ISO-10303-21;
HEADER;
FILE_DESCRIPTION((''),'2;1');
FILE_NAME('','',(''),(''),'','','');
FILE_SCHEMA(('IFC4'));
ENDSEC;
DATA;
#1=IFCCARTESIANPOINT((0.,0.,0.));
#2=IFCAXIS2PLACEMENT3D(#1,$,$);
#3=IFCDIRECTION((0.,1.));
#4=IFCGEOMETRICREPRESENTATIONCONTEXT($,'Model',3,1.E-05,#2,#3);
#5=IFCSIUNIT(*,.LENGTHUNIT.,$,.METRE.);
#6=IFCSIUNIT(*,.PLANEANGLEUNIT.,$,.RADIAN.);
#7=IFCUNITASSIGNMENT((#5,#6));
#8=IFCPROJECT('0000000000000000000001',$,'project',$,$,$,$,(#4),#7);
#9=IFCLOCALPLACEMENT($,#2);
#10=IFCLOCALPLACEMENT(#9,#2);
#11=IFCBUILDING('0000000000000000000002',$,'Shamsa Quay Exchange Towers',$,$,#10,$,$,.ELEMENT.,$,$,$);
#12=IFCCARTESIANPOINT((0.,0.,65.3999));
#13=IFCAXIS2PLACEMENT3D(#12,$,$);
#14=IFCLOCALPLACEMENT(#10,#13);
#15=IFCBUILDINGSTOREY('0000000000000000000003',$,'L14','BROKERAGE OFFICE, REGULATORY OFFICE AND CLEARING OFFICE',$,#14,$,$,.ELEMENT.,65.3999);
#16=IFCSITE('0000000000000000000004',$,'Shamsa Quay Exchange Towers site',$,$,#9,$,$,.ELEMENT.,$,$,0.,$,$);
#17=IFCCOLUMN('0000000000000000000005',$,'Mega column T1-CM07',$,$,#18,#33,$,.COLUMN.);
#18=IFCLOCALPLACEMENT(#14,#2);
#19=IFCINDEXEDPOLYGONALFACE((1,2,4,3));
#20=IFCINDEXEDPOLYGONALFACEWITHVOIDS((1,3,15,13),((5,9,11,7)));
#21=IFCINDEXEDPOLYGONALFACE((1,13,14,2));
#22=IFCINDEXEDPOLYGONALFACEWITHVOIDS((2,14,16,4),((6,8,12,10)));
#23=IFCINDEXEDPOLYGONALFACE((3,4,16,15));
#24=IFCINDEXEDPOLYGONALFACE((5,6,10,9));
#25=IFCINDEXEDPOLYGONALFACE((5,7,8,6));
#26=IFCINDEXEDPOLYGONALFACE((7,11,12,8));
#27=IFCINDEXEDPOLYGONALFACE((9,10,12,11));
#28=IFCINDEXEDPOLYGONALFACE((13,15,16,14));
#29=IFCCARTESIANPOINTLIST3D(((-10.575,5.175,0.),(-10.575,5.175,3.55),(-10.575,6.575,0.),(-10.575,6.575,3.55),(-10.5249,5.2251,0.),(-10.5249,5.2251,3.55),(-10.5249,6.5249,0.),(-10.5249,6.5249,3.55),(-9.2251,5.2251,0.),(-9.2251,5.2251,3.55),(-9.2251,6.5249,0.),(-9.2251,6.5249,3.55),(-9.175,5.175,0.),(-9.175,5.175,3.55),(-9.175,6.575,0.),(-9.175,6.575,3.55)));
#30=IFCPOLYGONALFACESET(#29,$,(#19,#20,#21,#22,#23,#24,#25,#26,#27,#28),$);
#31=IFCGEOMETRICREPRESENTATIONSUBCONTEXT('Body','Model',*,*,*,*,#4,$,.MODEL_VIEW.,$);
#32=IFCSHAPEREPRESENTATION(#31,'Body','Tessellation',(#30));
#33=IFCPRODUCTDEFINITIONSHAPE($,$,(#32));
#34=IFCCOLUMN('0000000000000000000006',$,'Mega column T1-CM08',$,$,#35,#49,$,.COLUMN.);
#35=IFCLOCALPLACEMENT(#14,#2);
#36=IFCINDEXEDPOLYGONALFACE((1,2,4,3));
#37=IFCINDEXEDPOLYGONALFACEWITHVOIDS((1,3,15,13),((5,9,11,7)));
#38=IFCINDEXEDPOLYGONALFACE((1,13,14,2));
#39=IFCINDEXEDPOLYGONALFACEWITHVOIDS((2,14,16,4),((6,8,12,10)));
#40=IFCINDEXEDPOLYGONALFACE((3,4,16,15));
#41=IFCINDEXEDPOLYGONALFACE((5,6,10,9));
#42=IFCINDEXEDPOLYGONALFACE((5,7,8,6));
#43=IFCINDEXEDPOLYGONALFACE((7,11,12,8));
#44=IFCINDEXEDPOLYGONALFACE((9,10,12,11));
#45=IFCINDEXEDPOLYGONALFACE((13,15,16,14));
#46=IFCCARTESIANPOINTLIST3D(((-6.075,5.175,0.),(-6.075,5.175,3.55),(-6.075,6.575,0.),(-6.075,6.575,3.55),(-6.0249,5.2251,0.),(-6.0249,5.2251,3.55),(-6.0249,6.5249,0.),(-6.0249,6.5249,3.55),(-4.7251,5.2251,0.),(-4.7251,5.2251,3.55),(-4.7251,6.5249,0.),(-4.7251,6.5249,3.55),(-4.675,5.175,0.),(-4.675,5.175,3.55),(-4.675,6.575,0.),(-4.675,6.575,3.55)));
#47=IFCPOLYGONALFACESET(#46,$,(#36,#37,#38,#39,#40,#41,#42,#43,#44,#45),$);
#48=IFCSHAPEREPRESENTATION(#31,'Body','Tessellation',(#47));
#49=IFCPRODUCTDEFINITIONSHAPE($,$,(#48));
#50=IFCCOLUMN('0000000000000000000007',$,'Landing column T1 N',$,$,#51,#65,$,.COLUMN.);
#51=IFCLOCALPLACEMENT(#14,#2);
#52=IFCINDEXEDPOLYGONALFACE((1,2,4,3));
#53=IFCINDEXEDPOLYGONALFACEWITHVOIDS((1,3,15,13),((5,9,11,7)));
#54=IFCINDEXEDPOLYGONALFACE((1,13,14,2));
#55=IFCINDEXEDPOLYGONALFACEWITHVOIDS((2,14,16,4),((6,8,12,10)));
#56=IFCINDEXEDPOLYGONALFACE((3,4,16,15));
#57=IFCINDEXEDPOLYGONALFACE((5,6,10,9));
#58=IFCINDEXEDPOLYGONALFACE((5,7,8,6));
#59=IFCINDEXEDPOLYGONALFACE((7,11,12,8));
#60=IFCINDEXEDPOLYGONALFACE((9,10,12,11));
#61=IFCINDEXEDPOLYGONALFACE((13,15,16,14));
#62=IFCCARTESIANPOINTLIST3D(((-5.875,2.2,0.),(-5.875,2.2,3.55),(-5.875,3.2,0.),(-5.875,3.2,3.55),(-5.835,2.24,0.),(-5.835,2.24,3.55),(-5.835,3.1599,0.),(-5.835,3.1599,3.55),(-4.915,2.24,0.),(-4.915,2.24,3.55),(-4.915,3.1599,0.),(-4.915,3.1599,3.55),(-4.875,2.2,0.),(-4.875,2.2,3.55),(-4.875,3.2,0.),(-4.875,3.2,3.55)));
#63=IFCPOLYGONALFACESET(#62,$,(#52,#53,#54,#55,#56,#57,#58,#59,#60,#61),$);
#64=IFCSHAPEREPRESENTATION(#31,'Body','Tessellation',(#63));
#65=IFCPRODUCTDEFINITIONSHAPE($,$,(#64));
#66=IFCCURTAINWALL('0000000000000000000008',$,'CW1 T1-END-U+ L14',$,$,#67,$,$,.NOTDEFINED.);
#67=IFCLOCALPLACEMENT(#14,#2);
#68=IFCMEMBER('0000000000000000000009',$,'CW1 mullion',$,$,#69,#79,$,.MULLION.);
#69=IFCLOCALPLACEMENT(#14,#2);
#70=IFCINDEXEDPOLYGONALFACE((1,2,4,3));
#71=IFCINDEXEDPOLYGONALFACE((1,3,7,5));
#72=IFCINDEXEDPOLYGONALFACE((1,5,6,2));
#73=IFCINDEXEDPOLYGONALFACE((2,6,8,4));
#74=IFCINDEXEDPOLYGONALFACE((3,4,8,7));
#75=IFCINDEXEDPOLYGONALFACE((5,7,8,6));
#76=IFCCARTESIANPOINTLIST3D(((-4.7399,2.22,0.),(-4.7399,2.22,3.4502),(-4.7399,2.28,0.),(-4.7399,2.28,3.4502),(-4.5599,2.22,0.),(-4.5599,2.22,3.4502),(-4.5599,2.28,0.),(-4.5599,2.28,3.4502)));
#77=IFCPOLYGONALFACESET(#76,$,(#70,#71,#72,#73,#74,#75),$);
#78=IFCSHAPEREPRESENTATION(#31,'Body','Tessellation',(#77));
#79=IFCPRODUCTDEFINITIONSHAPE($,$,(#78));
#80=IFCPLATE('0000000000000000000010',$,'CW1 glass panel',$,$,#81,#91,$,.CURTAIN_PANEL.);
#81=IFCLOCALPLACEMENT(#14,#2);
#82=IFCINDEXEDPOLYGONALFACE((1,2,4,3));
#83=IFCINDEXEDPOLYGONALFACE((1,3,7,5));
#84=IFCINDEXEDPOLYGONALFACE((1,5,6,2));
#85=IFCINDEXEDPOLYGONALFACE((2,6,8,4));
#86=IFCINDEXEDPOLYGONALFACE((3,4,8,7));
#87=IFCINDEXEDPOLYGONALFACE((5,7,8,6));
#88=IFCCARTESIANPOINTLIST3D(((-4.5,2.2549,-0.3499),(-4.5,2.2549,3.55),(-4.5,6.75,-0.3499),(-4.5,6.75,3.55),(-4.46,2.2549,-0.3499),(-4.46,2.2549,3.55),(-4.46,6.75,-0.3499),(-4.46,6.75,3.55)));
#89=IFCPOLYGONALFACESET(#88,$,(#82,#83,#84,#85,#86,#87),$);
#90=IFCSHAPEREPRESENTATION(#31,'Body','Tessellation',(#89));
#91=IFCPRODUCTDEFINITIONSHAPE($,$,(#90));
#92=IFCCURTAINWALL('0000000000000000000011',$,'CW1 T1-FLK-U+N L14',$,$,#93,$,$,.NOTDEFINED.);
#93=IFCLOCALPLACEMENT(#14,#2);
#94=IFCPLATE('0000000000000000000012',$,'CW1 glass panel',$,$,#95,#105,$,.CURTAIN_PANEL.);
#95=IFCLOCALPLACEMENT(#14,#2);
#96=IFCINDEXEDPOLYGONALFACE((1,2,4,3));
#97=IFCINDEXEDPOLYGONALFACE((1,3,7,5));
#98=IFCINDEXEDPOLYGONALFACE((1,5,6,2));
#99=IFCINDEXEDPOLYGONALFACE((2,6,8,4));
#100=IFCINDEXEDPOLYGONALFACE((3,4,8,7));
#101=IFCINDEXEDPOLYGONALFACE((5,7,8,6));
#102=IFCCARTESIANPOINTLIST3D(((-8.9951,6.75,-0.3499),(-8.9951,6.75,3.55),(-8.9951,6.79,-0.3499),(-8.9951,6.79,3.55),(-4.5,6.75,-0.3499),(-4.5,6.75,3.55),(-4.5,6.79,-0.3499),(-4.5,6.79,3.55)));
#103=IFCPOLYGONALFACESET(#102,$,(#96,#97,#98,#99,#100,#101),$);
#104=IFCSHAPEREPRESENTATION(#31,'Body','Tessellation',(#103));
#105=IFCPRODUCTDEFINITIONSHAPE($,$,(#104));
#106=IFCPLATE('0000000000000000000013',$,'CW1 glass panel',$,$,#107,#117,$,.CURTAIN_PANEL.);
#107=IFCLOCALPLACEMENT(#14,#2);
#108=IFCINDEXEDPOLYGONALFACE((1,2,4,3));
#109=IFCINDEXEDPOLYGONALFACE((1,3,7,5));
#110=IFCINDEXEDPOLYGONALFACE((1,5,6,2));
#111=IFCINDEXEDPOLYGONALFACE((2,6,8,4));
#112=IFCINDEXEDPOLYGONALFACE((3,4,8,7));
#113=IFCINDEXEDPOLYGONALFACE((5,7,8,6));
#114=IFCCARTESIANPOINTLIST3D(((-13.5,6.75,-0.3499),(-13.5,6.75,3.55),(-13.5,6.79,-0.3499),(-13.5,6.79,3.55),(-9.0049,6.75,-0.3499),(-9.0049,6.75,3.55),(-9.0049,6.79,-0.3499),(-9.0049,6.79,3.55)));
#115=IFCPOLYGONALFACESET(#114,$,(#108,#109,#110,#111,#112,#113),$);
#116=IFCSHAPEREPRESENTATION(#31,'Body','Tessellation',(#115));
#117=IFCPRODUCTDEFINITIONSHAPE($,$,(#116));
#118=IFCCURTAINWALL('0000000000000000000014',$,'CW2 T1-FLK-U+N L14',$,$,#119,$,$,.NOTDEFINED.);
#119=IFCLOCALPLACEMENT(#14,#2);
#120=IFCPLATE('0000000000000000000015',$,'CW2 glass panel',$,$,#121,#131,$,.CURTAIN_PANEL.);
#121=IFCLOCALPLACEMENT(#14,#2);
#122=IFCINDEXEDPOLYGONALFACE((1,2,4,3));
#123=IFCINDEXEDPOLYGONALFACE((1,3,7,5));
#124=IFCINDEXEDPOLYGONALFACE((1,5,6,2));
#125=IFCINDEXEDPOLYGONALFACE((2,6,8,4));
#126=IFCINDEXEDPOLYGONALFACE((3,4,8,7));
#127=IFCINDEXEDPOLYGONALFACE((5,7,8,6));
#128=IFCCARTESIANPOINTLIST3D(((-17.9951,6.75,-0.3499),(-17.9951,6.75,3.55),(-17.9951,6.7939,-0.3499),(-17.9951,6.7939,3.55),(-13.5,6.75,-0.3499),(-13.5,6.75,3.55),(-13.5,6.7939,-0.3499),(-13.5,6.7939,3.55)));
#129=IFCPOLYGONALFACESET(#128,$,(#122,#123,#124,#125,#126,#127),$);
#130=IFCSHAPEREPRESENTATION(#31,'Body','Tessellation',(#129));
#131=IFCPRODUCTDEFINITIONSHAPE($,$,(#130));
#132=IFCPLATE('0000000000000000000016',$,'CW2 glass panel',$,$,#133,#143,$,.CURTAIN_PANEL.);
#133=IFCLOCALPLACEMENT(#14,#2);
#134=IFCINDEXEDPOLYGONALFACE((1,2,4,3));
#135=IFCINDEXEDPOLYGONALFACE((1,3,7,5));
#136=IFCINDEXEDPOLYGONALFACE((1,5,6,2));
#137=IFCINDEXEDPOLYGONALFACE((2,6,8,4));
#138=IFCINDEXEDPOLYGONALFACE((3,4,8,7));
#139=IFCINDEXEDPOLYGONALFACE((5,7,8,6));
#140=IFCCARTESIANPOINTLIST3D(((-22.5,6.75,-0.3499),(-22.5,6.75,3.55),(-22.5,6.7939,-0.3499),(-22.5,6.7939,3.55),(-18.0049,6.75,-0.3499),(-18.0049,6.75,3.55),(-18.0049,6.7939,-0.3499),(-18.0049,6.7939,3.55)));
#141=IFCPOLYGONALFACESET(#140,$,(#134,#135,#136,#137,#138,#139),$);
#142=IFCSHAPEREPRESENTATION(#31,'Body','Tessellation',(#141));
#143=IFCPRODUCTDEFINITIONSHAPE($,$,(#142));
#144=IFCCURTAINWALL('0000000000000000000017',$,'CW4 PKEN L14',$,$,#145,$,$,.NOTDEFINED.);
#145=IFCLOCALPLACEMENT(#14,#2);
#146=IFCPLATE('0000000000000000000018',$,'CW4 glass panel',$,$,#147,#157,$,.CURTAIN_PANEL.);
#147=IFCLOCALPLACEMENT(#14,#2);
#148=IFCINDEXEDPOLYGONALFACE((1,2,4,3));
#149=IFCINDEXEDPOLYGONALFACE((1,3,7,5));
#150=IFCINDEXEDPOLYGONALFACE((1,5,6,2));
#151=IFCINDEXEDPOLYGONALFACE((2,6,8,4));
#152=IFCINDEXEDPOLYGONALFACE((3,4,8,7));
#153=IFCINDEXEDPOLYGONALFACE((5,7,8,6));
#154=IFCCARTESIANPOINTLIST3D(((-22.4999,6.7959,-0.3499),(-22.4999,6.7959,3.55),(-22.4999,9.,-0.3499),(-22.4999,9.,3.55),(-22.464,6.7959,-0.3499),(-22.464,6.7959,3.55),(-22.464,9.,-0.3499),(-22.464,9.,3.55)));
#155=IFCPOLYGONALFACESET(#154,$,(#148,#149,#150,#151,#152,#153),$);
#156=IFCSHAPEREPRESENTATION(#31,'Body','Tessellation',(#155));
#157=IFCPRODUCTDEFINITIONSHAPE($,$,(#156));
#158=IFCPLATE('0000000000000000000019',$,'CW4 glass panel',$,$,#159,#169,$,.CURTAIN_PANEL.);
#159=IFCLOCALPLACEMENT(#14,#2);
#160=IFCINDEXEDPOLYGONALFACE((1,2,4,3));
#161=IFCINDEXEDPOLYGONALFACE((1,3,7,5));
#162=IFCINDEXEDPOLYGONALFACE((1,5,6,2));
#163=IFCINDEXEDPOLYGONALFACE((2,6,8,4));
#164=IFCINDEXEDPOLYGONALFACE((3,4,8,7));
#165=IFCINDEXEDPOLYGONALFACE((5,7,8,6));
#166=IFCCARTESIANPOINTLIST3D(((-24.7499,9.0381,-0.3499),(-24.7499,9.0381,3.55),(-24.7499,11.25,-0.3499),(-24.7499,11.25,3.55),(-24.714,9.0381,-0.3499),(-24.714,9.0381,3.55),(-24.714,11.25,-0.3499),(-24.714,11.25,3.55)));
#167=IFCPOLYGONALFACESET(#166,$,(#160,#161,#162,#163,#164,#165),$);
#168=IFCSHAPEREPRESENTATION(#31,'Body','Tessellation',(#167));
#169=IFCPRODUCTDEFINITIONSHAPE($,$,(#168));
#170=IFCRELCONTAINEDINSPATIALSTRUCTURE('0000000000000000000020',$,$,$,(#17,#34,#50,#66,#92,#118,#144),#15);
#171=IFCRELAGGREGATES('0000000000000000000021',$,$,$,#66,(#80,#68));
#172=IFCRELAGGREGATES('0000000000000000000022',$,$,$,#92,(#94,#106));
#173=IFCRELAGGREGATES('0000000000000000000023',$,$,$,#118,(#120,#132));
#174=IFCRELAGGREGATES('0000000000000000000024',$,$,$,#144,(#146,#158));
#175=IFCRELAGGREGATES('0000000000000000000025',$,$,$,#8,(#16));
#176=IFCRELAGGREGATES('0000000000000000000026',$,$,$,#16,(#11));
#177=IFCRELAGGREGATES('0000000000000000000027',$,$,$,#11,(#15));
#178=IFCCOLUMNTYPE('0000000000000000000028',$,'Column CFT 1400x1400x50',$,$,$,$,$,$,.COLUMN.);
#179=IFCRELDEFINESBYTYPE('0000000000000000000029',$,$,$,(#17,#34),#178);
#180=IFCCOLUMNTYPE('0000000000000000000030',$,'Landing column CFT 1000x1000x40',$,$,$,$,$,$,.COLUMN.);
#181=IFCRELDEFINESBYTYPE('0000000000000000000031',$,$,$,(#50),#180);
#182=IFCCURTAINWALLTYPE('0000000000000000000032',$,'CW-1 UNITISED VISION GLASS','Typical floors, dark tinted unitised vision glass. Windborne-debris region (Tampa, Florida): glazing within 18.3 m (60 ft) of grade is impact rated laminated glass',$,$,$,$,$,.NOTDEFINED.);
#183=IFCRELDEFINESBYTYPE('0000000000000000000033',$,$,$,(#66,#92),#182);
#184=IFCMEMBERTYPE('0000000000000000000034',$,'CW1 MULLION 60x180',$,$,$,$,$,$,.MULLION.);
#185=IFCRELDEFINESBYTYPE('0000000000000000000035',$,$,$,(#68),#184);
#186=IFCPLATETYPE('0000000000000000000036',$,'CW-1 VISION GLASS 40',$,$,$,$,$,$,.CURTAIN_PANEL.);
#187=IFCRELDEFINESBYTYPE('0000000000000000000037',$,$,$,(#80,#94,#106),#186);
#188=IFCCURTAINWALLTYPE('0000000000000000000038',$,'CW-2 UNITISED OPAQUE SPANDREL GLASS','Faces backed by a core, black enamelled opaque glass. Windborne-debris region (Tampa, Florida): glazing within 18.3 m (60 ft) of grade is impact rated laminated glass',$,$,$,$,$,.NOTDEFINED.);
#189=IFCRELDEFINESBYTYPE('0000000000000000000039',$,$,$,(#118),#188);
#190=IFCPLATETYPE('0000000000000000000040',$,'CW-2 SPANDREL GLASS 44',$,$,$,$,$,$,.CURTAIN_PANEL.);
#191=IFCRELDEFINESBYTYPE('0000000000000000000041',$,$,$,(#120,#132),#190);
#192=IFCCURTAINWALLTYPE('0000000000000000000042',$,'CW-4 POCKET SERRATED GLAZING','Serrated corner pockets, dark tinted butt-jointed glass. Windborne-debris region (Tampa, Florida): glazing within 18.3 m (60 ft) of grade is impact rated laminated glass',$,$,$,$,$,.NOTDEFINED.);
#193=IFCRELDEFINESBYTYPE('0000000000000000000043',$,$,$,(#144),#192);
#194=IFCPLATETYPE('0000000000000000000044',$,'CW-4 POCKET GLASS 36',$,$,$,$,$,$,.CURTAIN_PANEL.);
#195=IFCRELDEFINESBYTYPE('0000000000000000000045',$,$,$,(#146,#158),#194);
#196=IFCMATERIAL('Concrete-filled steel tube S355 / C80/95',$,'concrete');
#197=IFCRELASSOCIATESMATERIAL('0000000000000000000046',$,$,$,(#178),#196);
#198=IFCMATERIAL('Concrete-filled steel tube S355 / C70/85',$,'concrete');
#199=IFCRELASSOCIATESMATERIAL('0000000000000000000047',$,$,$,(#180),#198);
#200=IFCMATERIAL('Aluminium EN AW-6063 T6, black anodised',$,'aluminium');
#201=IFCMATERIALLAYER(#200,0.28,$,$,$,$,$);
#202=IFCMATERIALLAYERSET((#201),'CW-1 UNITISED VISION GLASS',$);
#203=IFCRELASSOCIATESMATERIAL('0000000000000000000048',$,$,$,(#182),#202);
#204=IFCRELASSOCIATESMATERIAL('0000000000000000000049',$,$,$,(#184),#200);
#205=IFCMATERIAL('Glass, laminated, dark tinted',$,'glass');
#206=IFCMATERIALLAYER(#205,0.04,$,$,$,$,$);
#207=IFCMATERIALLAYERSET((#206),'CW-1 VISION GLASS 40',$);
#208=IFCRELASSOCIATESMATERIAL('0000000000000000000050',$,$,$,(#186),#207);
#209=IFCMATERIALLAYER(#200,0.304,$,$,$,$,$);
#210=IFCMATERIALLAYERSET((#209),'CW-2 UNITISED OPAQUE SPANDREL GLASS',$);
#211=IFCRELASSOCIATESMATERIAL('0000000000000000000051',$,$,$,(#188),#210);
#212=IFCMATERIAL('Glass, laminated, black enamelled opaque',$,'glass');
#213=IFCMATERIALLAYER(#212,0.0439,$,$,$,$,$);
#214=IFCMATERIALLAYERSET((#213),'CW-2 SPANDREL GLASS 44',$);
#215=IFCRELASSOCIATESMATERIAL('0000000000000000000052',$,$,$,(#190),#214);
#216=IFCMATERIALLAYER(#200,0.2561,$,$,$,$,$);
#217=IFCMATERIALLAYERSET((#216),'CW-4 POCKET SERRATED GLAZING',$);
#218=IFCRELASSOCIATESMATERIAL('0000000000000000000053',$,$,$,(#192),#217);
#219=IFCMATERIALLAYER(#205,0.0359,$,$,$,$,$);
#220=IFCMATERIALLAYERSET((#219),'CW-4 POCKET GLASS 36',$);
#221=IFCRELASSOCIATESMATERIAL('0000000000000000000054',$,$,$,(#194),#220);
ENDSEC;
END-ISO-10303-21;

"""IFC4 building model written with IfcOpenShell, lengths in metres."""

from ifc_helpers import new_model, si_unit, direction, frame, origin, origin_2d, place, context, subcontext, project, spatial, rectangle, hollow_rectangle, extrude, material, layer, layer_set, material_profile, profile_set, type_object, element, aggregate, save


model = new_model("IFC4")

# Units and contexts
model_context = context("Model", 3, precision=1e-05, world=origin(), true_north=direction((0.0, 1.0)))
body_context = subcontext(model_context, "Body", "Model", "MODEL_VIEW")
ifc_project = project(units=[si_unit("LENGTHUNIT", "METRE"), si_unit("PLANEANGLEUNIT", "RADIAN")], contexts=[model_context])

# Site, building, storey
site_placement = place(None, origin())
site = spatial("IfcSite", under=ifc_project, at=site_placement, Name="Shamsa Quay Exchange Towers site", CompositionType="ELEMENT", RefElevation=0.0)
building_placement = place(site_placement, origin())
building = spatial("IfcBuilding", under=site, at=building_placement, Name="Shamsa Quay Exchange Towers", CompositionType="ELEMENT")
storey_placement = place(building_placement, frame((0.0, 0.0, 65.3999)))
storey = spatial("IfcBuildingStorey", under=building, at=storey_placement, Name="L14", Description="BROKERAGE OFFICE, REGULATORY OFFICE AND CLEARING OFFICE", CompositionType="ELEMENT", Elevation=65.3999)

# Columns
ifc_material_1 = material(Name="Concrete-filled steel tube S355 / C80/95", Category="concrete")
ifc_material_profile_1 = material_profile(ifc_material_1, hollow_rectangle(XDim=1.3999, YDim=1.3999, WallThickness=0.05, at=origin_2d()), Name="CFT 1400x1400x50")
ifc_profile_set_1 = profile_set([ifc_material_profile_1], Name="Concrete-filled steel tube S355 / C80/95")
column_type_1 = type_object("IfcColumnType", Name="Column CFT 1400x1400x50", PredefinedType="COLUMN", material=ifc_profile_set_1)
for number, where, name in (
    (1, (-9.875, 5.875, 0.0), "Mega column T1-CM07"),
    (2, (-5.375, 5.875, 0.0), "Mega column T1-CM08"),
):
    element("IfcColumn", number, at=place(storey_placement, frame(where)), inside=storey, type_object=column_type_1, Name=name, PredefinedType="COLUMN", context=body_context, shape_type="SweptSolid", body=[
        extrude(hollow_rectangle(XDim=1.3999, YDim=1.3999, WallThickness=0.05, at=origin_2d()), origin(), (0.0, 0.0, 1.0), 3.55),
    ])
ifc_material_2 = material(Name="Concrete-filled steel tube S355 / C70/85", Category="concrete")
ifc_material_profile_2 = material_profile(ifc_material_2, hollow_rectangle(XDim=1.0, YDim=1.0, WallThickness=0.04, at=origin_2d()), Name="CFT 1000x1000x40")
ifc_profile_set_2 = profile_set([ifc_material_profile_2], Name="Concrete-filled steel tube S355 / C70/85")
column_type_2 = type_object("IfcColumnType", Name="Landing column CFT 1000x1000x40", PredefinedType="COLUMN", material=ifc_profile_set_2)
column_placement = place(storey_placement, frame((-5.375, 2.7, 0.0)))
element("IfcColumn", 3, at=column_placement, inside=storey, type_object=column_type_2, Name="Landing column T1 N", PredefinedType="COLUMN", context=body_context, shape_type="SweptSolid", body=[
    extrude(hollow_rectangle(XDim=1.0, YDim=1.0, WallThickness=0.04, at=origin_2d()), origin(), (0.0, 0.0, 1.0), 3.55),
])

# Curtain wall, member, plate
ifc_material_3 = material(Name="Aluminium EN AW-6063 T6, black anodised", Category="aluminium")
ifc_layer_1 = layer(ifc_material_3, 0.28)
ifc_layer_set_1 = layer_set([ifc_layer_1], Name="CW-1 UNITISED VISION GLASS")
curtain_wall_type_1 = type_object("IfcCurtainWallType", Name="CW-1 UNITISED VISION GLASS", Description="Typical floors, dark tinted unitised vision glass. Windborne-debris region (Tampa, Florida): glazing within 18.3 m (60 ft) of grade is impact rated laminated glass", PredefinedType="NOTDEFINED", material=ifc_layer_set_1)
curtain_wall_1_placement = place(storey_placement, origin())
curtain_wall_1 = element("IfcCurtainWall", 4, at=curtain_wall_1_placement, inside=storey, type_object=curtain_wall_type_1, Name="CW1 T1-END-U+ L14", PredefinedType="NOTDEFINED")
ifc_material_profile_3 = material_profile(ifc_material_3, rectangle(XDim=0.1799, YDim=0.0601, at=origin_2d()), Name="MU60x180")
ifc_profile_set_3 = profile_set([ifc_material_profile_3], Name="Aluminium EN AW-6063 T6, black anodised")
member_type = type_object("IfcMemberType", Name="CW1 MULLION 60x180", PredefinedType="MULLION", material=ifc_profile_set_3)
member_placement = place(storey_placement, frame((-4.6499, 2.25, 0.0), z_axis=(0.0, 0.0, 1.0), x_axis=(-1.0, 0.0, 0.0)))
member = element("IfcMember", 5, at=member_placement, type_object=member_type, Name="CW1 mullion", PredefinedType="MULLION", context=body_context, shape_type="SweptSolid", body=[
    extrude(rectangle(XDim=0.1799, YDim=0.0601, at=origin_2d()), origin(), (0.0, 0.0, 1.0), 3.4502),
])
ifc_material_4 = material(Name="Glass, laminated, dark tinted", Category="glass")
ifc_layer_2 = layer(ifc_material_4, 0.04)
ifc_layer_set_2 = layer_set([ifc_layer_2], Name="CW-1 VISION GLASS 40")
plate_type_1 = type_object("IfcPlateType", Name="CW-1 VISION GLASS 40", PredefinedType="CURTAIN_PANEL", material=ifc_layer_set_2)
plate_1_placement = place(storey_placement, frame((-4.48, 4.5024, -0.3499), z_axis=(0.0, 0.0, 1.0), x_axis=(0.0, 1.0, 0.0)))
plate_1 = element("IfcPlate", 6, at=plate_1_placement, type_object=plate_type_1, Name="CW1 glass panel", PredefinedType="CURTAIN_PANEL", context=body_context, shape_type="SweptSolid", body=[
    extrude(rectangle(XDim=4.4951, YDim=0.04, at=origin_2d()), origin(), (0.0, 0.0, 1.0), 3.8999),
])
aggregate(curtain_wall_1, [plate_1, member])

# Curtain walls, plates
curtain_wall_2_placement = place(storey_placement, origin())
curtain_wall_2 = element("IfcCurtainWall", 7, at=curtain_wall_2_placement, inside=storey, type_object=curtain_wall_type_1, Name="CW1 T1-FLK-U+N L14", PredefinedType="NOTDEFINED")
plate_2_placement = place(storey_placement, frame((-6.7476, 6.77, -0.3499), z_axis=(0.0, 0.0, 1.0), x_axis=(-1.0, 0.0, 0.0)))
plate_2 = element("IfcPlate", 8, at=plate_2_placement, type_object=plate_type_1, Name="CW1 glass panel", PredefinedType="CURTAIN_PANEL", context=body_context, shape_type="SweptSolid", body=[
    extrude(rectangle(XDim=4.4951, YDim=0.04, at=origin_2d()), origin(), (0.0, 0.0, 1.0), 3.8999),
])
plate_3_placement = place(storey_placement, frame((-11.2524, 6.77, -0.3499), z_axis=(0.0, 0.0, 1.0), x_axis=(-1.0, 0.0, 0.0)))
plate_3 = element("IfcPlate", 9, at=plate_3_placement, type_object=plate_type_1, Name="CW1 glass panel", PredefinedType="CURTAIN_PANEL", context=body_context, shape_type="SweptSolid", body=[
    extrude(rectangle(XDim=4.4951, YDim=0.04, at=origin_2d()), origin(), (0.0, 0.0, 1.0), 3.8999),
])
aggregate(curtain_wall_2, [plate_2, plate_3])
ifc_layer_3 = layer(ifc_material_3, 0.304)
ifc_layer_set_3 = layer_set([ifc_layer_3], Name="CW-2 UNITISED OPAQUE SPANDREL GLASS")
curtain_wall_type_2 = type_object("IfcCurtainWallType", Name="CW-2 UNITISED OPAQUE SPANDREL GLASS", Description="Faces backed by a core, black enamelled opaque glass. Windborne-debris region (Tampa, Florida): glazing within 18.3 m (60 ft) of grade is impact rated laminated glass", PredefinedType="NOTDEFINED", material=ifc_layer_set_3)
curtain_wall_3_placement = place(storey_placement, origin())
curtain_wall_3 = element("IfcCurtainWall", 10, at=curtain_wall_3_placement, inside=storey, type_object=curtain_wall_type_2, Name="CW2 T1-FLK-U+N L14", PredefinedType="NOTDEFINED")
ifc_material_5 = material(Name="Glass, laminated, black enamelled opaque", Category="glass")
ifc_layer_4 = layer(ifc_material_5, 0.0439)
ifc_layer_set_4 = layer_set([ifc_layer_4], Name="CW-2 SPANDREL GLASS 44")
plate_type_2 = type_object("IfcPlateType", Name="CW-2 SPANDREL GLASS 44", PredefinedType="CURTAIN_PANEL", material=ifc_layer_set_4)
plate_4_placement = place(storey_placement, frame((-15.7476, 6.772, -0.3499), z_axis=(0.0, 0.0, 1.0), x_axis=(-1.0, 0.0, 0.0)))
plate_4 = element("IfcPlate", 11, at=plate_4_placement, type_object=plate_type_2, Name="CW2 glass panel", PredefinedType="CURTAIN_PANEL", context=body_context, shape_type="SweptSolid", body=[
    extrude(rectangle(XDim=4.4951, YDim=0.0439, at=origin_2d()), origin(), (0.0, 0.0, 1.0), 3.8999),
])
plate_5_placement = place(storey_placement, frame((-20.2524, 6.772, -0.3499), z_axis=(0.0, 0.0, 1.0), x_axis=(-1.0, 0.0, 0.0)))
plate_5 = element("IfcPlate", 12, at=plate_5_placement, type_object=plate_type_2, Name="CW2 glass panel", PredefinedType="CURTAIN_PANEL", context=body_context, shape_type="SweptSolid", body=[
    extrude(rectangle(XDim=4.4951, YDim=0.0439, at=origin_2d()), origin(), (0.0, 0.0, 1.0), 3.8999),
])
aggregate(curtain_wall_3, [plate_4, plate_5])
ifc_layer_5 = layer(ifc_material_3, 0.2561)
ifc_layer_set_5 = layer_set([ifc_layer_5], Name="CW-4 POCKET SERRATED GLAZING")
curtain_wall_type_3 = type_object("IfcCurtainWallType", Name="CW-4 POCKET SERRATED GLAZING", Description="Serrated corner pockets, dark tinted butt-jointed glass. Windborne-debris region (Tampa, Florida): glazing within 18.3 m (60 ft) of grade is impact rated laminated glass", PredefinedType="NOTDEFINED", material=ifc_layer_set_5)
curtain_wall_4_placement = place(storey_placement, origin())
curtain_wall_4 = element("IfcCurtainWall", 13, at=curtain_wall_4_placement, inside=storey, type_object=curtain_wall_type_3, Name="CW4 PKEN L14", PredefinedType="NOTDEFINED")
ifc_layer_6 = layer(ifc_material_4, 0.0359)
ifc_layer_set_6 = layer_set([ifc_layer_6], Name="CW-4 POCKET GLASS 36")
plate_type_3 = type_object("IfcPlateType", Name="CW-4 POCKET GLASS 36", PredefinedType="CURTAIN_PANEL", material=ifc_layer_set_6)
plate_6_placement = place(storey_placement, frame((-22.4819, 7.8979, -0.3499), z_axis=(0.0, 0.0, 1.0), x_axis=(0.0, 1.0, 0.0)))
plate_6 = element("IfcPlate", 14, at=plate_6_placement, type_object=plate_type_3, Name="CW4 glass panel", PredefinedType="CURTAIN_PANEL", context=body_context, shape_type="SweptSolid", body=[
    extrude(rectangle(XDim=2.2041, YDim=0.0359, at=origin_2d()), origin(), (0.0, 0.0, 1.0), 3.8999),
])
plate_7_placement = place(storey_placement, frame((-24.7319, 10.144, -0.3499), z_axis=(0.0, 0.0, 1.0), x_axis=(0.0, 1.0, 0.0)))
plate_7 = element("IfcPlate", 15, at=plate_7_placement, type_object=plate_type_3, Name="CW4 glass panel", PredefinedType="CURTAIN_PANEL", context=body_context, shape_type="SweptSolid", body=[
    extrude(rectangle(XDim=2.2119, YDim=0.0359, at=origin_2d()), origin(), (0.0, 0.0, 1.0), 3.8999),
])
aggregate(curtain_wall_4, [plate_6, plate_7])

save(model, "model.ifc")
